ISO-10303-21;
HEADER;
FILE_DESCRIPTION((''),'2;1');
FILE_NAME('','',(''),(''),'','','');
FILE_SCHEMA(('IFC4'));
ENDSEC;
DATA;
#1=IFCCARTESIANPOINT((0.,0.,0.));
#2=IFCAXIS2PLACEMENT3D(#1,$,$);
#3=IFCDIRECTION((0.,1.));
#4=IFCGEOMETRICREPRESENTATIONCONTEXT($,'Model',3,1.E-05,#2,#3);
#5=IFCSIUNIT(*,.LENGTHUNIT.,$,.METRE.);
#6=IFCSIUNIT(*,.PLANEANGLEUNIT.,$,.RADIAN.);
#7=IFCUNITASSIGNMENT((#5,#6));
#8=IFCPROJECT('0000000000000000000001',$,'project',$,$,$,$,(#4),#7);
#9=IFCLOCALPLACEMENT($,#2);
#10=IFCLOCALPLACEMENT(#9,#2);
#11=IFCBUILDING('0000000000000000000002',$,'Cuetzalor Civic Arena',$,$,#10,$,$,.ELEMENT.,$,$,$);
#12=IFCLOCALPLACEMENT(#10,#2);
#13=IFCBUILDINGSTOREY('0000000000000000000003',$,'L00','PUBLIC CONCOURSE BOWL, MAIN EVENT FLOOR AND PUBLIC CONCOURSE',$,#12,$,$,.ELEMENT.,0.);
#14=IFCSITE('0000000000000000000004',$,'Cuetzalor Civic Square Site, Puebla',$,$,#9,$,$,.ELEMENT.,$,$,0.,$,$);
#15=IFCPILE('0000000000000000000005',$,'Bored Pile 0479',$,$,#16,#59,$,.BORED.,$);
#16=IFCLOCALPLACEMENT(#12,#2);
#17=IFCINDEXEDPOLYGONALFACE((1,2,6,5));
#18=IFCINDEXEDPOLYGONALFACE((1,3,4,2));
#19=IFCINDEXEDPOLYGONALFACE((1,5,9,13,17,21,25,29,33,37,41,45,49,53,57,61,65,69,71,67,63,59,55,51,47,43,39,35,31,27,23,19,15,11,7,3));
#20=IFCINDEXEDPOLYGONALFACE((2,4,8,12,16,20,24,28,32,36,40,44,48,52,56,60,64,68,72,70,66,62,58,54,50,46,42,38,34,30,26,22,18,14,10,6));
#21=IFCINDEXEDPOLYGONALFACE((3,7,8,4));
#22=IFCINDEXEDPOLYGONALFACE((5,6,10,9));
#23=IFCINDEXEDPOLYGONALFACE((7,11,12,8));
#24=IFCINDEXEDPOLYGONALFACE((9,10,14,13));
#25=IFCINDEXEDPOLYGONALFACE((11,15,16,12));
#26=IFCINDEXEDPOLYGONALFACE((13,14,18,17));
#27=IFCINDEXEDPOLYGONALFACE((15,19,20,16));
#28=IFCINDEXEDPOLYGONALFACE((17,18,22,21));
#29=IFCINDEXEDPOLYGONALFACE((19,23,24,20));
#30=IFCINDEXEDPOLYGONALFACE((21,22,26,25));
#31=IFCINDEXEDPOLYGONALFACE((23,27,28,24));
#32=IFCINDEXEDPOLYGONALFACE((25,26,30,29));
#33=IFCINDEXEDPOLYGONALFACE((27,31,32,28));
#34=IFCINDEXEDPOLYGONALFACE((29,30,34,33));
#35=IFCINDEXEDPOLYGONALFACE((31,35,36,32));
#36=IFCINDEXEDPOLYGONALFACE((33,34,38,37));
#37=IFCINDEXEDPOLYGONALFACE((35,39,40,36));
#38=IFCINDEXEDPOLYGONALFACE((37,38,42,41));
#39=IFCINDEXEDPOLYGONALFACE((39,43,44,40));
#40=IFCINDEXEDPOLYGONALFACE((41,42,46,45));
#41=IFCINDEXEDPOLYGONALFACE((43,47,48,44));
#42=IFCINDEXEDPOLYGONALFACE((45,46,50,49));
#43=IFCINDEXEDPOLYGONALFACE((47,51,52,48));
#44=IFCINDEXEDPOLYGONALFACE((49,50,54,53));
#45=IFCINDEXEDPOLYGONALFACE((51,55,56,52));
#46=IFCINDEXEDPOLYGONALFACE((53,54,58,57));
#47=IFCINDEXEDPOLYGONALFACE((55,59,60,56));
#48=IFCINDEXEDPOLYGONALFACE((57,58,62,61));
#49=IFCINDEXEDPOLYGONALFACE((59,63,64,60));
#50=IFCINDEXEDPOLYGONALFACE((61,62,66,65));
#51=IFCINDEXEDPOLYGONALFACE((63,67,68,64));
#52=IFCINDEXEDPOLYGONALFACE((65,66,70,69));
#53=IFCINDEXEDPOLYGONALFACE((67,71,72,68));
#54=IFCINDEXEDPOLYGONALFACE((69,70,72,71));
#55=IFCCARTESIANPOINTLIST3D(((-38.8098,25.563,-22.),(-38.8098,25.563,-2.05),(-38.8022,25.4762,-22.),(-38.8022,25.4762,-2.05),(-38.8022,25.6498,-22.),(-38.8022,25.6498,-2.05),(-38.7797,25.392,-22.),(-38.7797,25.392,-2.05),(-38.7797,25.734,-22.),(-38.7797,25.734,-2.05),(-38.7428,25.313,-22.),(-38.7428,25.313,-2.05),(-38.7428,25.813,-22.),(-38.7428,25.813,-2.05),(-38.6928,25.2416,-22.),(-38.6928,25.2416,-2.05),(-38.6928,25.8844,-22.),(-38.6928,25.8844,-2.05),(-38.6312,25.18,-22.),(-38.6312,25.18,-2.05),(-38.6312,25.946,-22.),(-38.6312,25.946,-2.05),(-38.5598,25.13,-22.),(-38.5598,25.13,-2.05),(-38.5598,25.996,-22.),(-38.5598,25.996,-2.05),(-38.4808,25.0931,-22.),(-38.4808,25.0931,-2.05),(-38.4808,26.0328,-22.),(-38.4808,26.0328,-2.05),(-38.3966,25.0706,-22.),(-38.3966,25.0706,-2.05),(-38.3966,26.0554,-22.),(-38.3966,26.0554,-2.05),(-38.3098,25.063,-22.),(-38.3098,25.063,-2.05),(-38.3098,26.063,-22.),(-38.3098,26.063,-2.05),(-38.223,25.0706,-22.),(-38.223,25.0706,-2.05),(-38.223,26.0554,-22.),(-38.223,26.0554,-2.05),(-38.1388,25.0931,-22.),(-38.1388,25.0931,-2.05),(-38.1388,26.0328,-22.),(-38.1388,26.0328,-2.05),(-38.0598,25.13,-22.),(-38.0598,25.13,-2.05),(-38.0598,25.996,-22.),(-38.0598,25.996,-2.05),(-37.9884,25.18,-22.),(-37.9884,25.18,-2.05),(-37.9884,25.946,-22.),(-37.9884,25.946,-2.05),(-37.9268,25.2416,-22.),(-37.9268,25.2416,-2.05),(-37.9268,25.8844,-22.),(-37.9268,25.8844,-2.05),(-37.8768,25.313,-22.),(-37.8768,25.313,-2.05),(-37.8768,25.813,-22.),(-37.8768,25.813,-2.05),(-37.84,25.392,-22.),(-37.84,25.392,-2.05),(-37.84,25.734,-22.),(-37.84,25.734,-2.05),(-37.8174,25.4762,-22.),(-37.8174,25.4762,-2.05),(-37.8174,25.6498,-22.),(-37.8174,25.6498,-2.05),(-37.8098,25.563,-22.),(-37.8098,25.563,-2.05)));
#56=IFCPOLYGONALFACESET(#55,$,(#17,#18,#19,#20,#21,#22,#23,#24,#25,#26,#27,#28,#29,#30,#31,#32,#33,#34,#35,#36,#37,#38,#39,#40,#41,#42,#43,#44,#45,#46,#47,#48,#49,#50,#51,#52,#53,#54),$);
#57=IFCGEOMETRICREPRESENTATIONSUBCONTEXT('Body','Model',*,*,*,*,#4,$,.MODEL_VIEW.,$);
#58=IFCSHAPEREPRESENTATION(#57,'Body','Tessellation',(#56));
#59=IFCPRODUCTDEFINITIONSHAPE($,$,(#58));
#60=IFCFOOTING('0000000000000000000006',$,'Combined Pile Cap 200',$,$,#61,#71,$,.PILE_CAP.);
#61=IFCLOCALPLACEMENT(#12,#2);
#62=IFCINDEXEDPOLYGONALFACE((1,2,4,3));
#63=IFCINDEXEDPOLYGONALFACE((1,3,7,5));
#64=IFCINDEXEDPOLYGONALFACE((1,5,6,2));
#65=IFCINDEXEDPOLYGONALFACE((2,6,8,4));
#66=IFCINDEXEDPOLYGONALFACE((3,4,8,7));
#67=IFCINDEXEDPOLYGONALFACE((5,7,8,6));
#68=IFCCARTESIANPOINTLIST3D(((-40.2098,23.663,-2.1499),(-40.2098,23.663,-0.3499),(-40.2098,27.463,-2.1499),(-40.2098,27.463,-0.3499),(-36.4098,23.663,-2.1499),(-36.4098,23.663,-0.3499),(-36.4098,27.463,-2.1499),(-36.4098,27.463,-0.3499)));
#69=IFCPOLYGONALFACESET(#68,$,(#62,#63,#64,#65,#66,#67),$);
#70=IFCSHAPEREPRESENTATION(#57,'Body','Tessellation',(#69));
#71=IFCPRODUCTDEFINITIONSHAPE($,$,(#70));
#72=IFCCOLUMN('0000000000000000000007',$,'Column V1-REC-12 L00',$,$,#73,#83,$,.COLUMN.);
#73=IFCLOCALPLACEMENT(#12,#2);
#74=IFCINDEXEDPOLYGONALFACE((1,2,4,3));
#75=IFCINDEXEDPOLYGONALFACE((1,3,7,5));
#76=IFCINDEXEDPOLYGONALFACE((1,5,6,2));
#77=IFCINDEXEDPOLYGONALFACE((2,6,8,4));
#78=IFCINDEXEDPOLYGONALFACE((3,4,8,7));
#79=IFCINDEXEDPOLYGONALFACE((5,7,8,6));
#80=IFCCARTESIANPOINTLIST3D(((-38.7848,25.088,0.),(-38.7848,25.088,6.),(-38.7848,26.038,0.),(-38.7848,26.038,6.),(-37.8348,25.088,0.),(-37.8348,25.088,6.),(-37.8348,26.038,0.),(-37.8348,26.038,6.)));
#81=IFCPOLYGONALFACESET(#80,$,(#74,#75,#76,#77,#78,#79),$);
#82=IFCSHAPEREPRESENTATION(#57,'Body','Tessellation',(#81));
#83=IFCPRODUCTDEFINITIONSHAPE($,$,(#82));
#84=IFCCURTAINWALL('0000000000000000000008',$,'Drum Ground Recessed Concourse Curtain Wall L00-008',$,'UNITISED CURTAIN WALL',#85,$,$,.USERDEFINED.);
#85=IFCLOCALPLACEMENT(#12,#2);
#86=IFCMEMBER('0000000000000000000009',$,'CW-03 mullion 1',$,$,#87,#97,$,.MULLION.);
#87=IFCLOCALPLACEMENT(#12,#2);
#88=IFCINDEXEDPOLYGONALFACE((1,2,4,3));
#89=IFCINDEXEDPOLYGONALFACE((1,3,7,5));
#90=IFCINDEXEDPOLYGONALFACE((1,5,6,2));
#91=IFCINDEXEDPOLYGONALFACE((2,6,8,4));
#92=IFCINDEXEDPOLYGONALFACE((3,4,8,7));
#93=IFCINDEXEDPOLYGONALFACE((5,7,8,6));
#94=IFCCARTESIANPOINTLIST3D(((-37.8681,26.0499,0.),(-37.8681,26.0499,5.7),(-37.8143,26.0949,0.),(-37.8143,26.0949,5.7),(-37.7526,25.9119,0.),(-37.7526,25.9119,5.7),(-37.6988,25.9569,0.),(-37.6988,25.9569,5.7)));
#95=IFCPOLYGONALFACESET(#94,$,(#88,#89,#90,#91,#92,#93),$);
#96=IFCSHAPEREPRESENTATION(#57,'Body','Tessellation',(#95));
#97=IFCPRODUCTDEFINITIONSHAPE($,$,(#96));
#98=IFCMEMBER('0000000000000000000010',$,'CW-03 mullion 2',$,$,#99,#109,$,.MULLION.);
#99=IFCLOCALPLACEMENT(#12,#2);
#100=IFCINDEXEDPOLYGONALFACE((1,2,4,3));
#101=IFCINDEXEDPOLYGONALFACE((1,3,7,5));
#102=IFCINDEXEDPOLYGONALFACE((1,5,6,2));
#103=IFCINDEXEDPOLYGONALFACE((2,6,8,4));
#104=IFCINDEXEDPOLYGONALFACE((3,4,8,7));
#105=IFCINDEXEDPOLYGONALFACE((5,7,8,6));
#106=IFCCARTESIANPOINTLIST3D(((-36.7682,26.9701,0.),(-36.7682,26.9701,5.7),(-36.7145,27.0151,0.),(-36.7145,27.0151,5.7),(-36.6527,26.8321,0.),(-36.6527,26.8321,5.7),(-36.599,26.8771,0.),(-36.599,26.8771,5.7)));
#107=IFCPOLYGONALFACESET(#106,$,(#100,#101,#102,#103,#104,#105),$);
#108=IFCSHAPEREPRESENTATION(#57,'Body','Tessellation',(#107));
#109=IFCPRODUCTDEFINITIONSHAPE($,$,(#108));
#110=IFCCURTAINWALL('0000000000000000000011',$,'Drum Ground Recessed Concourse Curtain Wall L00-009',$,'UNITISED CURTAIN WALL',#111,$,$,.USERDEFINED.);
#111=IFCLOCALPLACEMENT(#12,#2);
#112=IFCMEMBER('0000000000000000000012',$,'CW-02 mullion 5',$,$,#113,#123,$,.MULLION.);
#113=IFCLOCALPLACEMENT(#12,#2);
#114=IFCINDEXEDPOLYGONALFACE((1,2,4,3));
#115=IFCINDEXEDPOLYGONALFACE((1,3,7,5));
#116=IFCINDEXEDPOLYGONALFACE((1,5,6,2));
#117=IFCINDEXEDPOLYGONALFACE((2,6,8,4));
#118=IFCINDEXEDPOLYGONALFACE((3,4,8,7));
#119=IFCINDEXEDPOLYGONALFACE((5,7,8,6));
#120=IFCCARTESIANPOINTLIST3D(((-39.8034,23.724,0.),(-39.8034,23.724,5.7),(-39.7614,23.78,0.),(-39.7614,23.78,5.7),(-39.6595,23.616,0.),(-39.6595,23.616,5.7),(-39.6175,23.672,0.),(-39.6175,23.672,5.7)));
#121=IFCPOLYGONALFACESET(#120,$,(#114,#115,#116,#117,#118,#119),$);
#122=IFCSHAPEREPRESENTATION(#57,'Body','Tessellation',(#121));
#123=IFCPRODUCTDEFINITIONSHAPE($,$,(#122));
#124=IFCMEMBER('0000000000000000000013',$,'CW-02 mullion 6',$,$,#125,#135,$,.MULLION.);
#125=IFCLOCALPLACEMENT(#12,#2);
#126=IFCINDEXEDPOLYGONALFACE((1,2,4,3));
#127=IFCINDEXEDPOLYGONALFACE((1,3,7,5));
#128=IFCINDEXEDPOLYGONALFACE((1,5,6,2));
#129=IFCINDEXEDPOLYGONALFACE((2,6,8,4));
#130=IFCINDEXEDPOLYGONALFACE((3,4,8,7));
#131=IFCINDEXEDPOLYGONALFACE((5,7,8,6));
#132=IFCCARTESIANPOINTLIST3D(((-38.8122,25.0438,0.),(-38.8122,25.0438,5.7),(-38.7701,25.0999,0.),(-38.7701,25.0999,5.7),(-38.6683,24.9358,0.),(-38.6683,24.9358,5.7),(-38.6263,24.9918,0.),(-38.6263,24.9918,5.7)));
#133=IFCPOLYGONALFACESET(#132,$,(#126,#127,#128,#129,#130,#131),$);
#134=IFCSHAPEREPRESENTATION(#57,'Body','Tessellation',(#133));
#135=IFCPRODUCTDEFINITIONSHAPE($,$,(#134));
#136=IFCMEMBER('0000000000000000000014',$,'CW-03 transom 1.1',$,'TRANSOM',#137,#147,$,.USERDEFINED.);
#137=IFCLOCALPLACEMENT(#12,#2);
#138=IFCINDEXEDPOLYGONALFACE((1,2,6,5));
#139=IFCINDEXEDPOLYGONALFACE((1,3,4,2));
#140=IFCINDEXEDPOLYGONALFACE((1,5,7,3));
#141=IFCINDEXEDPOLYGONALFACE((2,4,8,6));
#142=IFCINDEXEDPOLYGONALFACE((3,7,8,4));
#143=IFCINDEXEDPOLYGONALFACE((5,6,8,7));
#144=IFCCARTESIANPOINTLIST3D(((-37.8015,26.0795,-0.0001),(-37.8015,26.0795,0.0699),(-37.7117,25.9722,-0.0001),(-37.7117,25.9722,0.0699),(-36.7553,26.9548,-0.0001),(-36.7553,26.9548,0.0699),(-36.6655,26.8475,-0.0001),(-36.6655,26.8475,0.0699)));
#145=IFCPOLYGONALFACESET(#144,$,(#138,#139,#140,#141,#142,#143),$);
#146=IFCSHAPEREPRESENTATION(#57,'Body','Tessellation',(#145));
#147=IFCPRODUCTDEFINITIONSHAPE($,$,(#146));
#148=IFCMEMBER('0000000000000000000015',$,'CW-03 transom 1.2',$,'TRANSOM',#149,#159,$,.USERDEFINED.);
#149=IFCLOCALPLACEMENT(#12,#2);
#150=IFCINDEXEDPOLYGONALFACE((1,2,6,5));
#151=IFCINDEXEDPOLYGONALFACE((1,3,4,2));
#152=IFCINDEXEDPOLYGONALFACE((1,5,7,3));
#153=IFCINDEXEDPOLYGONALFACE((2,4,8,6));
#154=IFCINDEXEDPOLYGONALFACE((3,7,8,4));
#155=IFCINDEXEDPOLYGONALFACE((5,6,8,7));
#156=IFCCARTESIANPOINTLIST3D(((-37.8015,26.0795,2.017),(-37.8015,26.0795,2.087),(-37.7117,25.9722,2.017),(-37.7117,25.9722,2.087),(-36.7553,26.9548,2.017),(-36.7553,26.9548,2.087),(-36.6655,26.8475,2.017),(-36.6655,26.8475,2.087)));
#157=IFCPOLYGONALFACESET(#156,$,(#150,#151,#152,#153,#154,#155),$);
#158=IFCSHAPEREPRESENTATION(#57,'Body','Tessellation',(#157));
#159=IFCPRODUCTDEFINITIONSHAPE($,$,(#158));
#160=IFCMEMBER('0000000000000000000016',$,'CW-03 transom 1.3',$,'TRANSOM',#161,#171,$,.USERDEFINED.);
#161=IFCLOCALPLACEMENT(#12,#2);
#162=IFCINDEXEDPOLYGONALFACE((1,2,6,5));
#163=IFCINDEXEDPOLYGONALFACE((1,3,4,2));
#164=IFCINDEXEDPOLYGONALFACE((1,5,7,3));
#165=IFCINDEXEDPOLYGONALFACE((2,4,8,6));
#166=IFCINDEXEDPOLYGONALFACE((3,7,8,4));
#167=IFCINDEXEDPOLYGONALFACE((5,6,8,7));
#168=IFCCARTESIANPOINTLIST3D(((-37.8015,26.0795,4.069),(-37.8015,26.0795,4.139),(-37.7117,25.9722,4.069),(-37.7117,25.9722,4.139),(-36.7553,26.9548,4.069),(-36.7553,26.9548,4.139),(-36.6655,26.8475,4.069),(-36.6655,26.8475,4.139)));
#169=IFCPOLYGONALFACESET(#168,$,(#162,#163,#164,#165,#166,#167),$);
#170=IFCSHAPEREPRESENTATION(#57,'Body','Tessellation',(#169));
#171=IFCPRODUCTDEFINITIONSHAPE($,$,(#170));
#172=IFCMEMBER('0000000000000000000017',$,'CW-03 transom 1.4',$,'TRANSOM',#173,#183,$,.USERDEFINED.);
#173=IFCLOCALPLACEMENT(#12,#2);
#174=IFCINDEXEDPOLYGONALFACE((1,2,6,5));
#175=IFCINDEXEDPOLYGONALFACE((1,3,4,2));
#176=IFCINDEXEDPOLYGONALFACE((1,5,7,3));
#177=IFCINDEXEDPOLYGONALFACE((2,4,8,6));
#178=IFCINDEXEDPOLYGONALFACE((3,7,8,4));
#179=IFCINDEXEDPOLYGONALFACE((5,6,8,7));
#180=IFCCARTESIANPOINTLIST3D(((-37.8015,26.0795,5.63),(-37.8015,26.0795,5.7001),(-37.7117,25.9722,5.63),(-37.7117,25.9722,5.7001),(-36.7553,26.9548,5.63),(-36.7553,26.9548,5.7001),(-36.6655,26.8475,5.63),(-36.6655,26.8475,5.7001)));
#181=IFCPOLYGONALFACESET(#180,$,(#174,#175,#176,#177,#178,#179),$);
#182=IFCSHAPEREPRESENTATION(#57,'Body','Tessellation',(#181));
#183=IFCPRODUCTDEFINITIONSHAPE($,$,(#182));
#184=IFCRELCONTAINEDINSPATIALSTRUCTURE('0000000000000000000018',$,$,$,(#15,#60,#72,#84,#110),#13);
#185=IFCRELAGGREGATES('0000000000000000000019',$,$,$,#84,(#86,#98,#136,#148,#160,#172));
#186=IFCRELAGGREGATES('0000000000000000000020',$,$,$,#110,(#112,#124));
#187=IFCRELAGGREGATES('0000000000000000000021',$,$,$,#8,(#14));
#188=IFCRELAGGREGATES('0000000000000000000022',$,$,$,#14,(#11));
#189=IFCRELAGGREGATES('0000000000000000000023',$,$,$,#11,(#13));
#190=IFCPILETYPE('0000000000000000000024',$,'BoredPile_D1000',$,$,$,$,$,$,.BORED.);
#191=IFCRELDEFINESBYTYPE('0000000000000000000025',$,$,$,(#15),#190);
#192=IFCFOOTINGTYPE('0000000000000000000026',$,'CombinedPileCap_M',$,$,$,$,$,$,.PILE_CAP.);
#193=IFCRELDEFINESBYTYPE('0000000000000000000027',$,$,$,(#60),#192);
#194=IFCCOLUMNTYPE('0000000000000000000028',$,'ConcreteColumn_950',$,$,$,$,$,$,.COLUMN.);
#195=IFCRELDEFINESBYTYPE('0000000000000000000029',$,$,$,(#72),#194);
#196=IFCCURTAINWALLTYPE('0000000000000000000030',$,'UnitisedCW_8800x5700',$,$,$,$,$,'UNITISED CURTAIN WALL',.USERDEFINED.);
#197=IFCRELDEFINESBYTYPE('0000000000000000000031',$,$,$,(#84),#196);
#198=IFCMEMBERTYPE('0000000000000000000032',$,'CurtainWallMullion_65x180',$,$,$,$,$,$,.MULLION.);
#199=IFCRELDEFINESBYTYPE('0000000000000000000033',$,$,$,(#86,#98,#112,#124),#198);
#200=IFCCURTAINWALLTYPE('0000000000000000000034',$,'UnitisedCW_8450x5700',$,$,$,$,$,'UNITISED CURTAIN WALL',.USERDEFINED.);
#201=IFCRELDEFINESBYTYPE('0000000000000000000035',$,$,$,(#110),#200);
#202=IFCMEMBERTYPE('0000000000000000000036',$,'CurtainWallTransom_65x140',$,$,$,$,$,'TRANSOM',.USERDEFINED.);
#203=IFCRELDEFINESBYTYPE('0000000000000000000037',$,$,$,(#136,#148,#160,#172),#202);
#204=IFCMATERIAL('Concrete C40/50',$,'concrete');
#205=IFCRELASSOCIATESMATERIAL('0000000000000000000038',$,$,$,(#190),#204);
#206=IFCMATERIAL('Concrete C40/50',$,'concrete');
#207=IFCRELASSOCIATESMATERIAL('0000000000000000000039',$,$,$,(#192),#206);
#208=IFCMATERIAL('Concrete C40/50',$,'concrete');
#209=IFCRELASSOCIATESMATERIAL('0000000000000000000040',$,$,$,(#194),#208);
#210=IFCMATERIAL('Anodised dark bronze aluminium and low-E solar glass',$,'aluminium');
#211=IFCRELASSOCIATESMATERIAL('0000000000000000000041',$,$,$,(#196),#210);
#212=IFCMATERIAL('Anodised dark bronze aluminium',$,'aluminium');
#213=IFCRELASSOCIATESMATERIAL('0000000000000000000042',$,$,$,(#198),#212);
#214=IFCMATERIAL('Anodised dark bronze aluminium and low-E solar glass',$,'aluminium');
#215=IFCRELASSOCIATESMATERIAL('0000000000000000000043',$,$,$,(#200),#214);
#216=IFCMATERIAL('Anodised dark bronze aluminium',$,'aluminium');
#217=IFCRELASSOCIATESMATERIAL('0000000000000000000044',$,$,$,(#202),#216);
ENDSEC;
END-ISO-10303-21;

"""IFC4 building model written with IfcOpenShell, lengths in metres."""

from ifc_helpers import new_model, si_unit, direction, frame, origin, origin_2d, place, context, subcontext, project, spatial, rectangle, circle, extrude, material, material_profile, profile_set, type_object, element, aggregate, save


model = new_model("IFC4")

# Units and contexts
model_context = context("Model", 3, precision=1e-05, world=origin(), true_north=direction((0.0, 1.0)))
body_context = subcontext(model_context, "Body", "Model", "MODEL_VIEW")
ifc_project = project(units=[si_unit("LENGTHUNIT", "METRE"), si_unit("PLANEANGLEUNIT", "RADIAN")], contexts=[model_context])

# Site, building, storey
site_placement = place(None, origin())
site = spatial("IfcSite", under=ifc_project, at=site_placement, Name="Cuetzalor Civic Square Site, Puebla", CompositionType="ELEMENT", RefElevation=0.0)
building_placement = place(site_placement, origin())
building = spatial("IfcBuilding", under=site, at=building_placement, Name="Cuetzalor Civic Arena", CompositionType="ELEMENT")
storey_placement = place(building_placement, origin())
storey = spatial("IfcBuildingStorey", under=building, at=storey_placement, Name="L00", Description="PUBLIC CONCOURSE BOWL, MAIN EVENT FLOOR AND PUBLIC CONCOURSE", CompositionType="ELEMENT", Elevation=0.0)

# Pile
ifc_material_1 = material(Name="Concrete C40/50", Category="concrete")
ifc_material_profile_1 = material_profile(ifc_material_1, circle(Radius=0.5, at=origin_2d()), Name="BORED PILE D1000")
ifc_profile_set_1 = profile_set([ifc_material_profile_1], Name="Concrete C40/50")
pile_type = type_object("IfcPileType", Name="BoredPile_D1000", PredefinedType="BORED", material=ifc_profile_set_1)
pile_placement = place(storey_placement, frame((-38.3098, 25.563, -2.05), z_axis=(0.0, 0.0, -1.0), x_axis=(1.0, 0.0, 0.0)))
element("IfcPile", 1, at=pile_placement, inside=storey, type_object=pile_type, Name="Bored Pile 0479", PredefinedType="BORED", context=body_context, shape_type="SweptSolid", body=[
    extrude(circle(Radius=0.5, at=origin_2d()), origin(), (0.0, 0.0, 1.0), 19.95),
])

# Footing
ifc_material_2 = material(Name="Concrete C40/50", Category="concrete")
footing_type = type_object("IfcFootingType", Name="CombinedPileCap_M", PredefinedType="PILE_CAP", material=ifc_material_2)
footing_placement = place(storey_placement, frame((-38.3098, 25.563, -2.1499), z_axis=(0.0, 0.0, 1.0), x_axis=(1.0, 0.0, 0.0)))
element("IfcFooting", 2, at=footing_placement, inside=storey, type_object=footing_type, Name="Combined Pile Cap 200", PredefinedType="PILE_CAP", context=body_context, shape_type="SweptSolid", body=[
    extrude(rectangle(XDim=3.8, YDim=3.8, at=origin_2d()), origin(), (0.0, 0.0, 1.0), 1.8),
])

# Column
ifc_material_3 = material(Name="Concrete C40/50", Category="concrete")
ifc_material_profile_2 = material_profile(ifc_material_3, rectangle(XDim=0.95, YDim=0.95, at=origin_2d()), Name="RC 950x950")
ifc_profile_set_2 = profile_set([ifc_material_profile_2], Name="Concrete C40/50")
column_type = type_object("IfcColumnType", Name="ConcreteColumn_950", PredefinedType="COLUMN", material=ifc_profile_set_2)
column_placement = place(storey_placement, frame((-38.3098, 25.563, 0.0), z_axis=(0.0, 0.0, 1.0), x_axis=(1.0, 0.0, 0.0)))
element("IfcColumn", 3, at=column_placement, inside=storey, type_object=column_type, Name="Column V1-REC-12 L00", PredefinedType="COLUMN", context=body_context, shape_type="SweptSolid", body=[
    extrude(rectangle(XDim=0.95, YDim=0.95, at=origin_2d()), origin(), (0.0, 0.0, 1.0), 6.0),
])

# Curtain walls, members
ifc_material_4 = material(Name="Anodised dark bronze aluminium and low-E solar glass", Category="aluminium")
curtain_wall_type_1 = type_object("IfcCurtainWallType", Name="UnitisedCW_8800x5700", ElementType="UNITISED CURTAIN WALL", PredefinedType="USERDEFINED", material=ifc_material_4)
curtain_wall_1_placement = place(storey_placement, origin())
curtain_wall_1 = element("IfcCurtainWall", 4, at=curtain_wall_1_placement, inside=storey, type_object=curtain_wall_type_1, Name="Drum Ground Recessed Concourse Curtain Wall L00-008", ObjectType="UNITISED CURTAIN WALL", PredefinedType="USERDEFINED")
ifc_material_5 = material(Name="Anodised dark bronze aluminium", Category="aluminium")
ifc_material_profile_3 = material_profile(ifc_material_5, rectangle(XDim=0.0701, YDim=0.1799, at=origin_2d()), Name="ALU MULLION 70x180")
ifc_profile_set_3 = profile_set([ifc_material_profile_3], Name="Anodised dark bronze aluminium")
member_type_1 = type_object("IfcMemberType", Name="CurtainWallMullion_65x180", PredefinedType="MULLION", material=ifc_profile_set_3)
member_1_placement = place(storey_placement, frame((-37.7834, 26.0034, 0.0), z_axis=(0.0, 0.0, 1.0), x_axis=(0.766928, 0.641733, 0.0)))
member_1 = element("IfcMember", 5, at=member_1_placement, type_object=member_type_1, Name="CW-03 mullion 1", PredefinedType="MULLION", context=body_context, shape_type="SweptSolid", body=[
    extrude(rectangle(XDim=0.0701, YDim=0.1799, at=origin_2d()), origin(), (0.0, 0.0, 1.0), 5.7),
])
member_2_placement = place(storey_placement, frame((-36.6836, 26.9236, 0.0), z_axis=(0.0, 0.0, 1.0), x_axis=(0.766928, 0.641733, 0.0)))
member_2 = element("IfcMember", 6, at=member_2_placement, type_object=member_type_1, Name="CW-03 mullion 2", PredefinedType="MULLION", context=body_context, shape_type="SweptSolid", body=[
    extrude(rectangle(XDim=0.0701, YDim=0.1799, at=origin_2d()), origin(), (0.0, 0.0, 1.0), 5.7),
])
ifc_material_6 = material(Name="Anodised dark bronze aluminium and low-E solar glass", Category="aluminium")
curtain_wall_type_2 = type_object("IfcCurtainWallType", Name="UnitisedCW_8450x5700", ElementType="UNITISED CURTAIN WALL", PredefinedType="USERDEFINED", material=ifc_material_6)
curtain_wall_2_placement = place(storey_placement, origin())
curtain_wall_2 = element("IfcCurtainWall", 7, at=curtain_wall_2_placement, inside=storey, type_object=curtain_wall_type_2, Name="Drum Ground Recessed Concourse Curtain Wall L00-009", ObjectType="UNITISED CURTAIN WALL", PredefinedType="USERDEFINED")
member_3_placement = place(storey_placement, frame((-39.7104, 23.698, 0.0), z_axis=(0.0, 0.0, 1.0), x_axis=(0.600492, 0.799631, 0.0)))
member_3 = element("IfcMember", 8, at=member_3_placement, type_object=member_type_1, Name="CW-02 mullion 5", PredefinedType="MULLION", context=body_context, shape_type="SweptSolid", body=[
    extrude(rectangle(XDim=0.0701, YDim=0.1799, at=origin_2d()), origin(), (0.0, 0.0, 1.0), 5.7),
])
member_4_placement = place(storey_placement, frame((-38.7192, 25.0178, 0.0), z_axis=(0.0, 0.0, 1.0), x_axis=(0.600492, 0.799631, 0.0)))
member_4 = element("IfcMember", 9, at=member_4_placement, type_object=member_type_1, Name="CW-02 mullion 6", PredefinedType="MULLION", context=body_context, shape_type="SweptSolid", body=[
    extrude(rectangle(XDim=0.0701, YDim=0.1799, at=origin_2d()), origin(), (0.0, 0.0, 1.0), 5.7),
])

# Members
ifc_material_7 = material(Name="Anodised dark bronze aluminium", Category="aluminium")
ifc_material_profile_4 = material_profile(ifc_material_7, rectangle(XDim=0.1399, YDim=0.0701, at=origin_2d()), Name="ALU TRANSOM 70x140")
ifc_profile_set_4 = profile_set([ifc_material_profile_4], Name="Anodised dark bronze aluminium")
member_type_2 = type_object("IfcMemberType", Name="CurtainWallTransom_65x140", ElementType="TRANSOM", PredefinedType="USERDEFINED", material=ifc_profile_set_4)
member_5_placement = place(storey_placement, frame((-37.7566, 26.0259, 0.0349), z_axis=(0.766973, 0.64168, 0.0), x_axis=(-0.64168, 0.766973, 0.0)))
member_5 = element("IfcMember", 10, at=member_5_placement, type_object=member_type_2, Name="CW-03 transom 1.1", ObjectType="TRANSOM", PredefinedType="USERDEFINED", context=body_context, shape_type="SweptSolid", body=[
    extrude(rectangle(XDim=0.1399, YDim=0.0701, at=origin_2d()), origin(), (0.0, 0.0, 1.0), 1.364),
])
member_6_placement = place(storey_placement, frame((-37.7566, 26.0259, 2.052), z_axis=(0.766973, 0.64168, 0.0), x_axis=(-0.64168, 0.766973, 0.0)))
member_6 = element("IfcMember", 11, at=member_6_placement, type_object=member_type_2, Name="CW-03 transom 1.2", ObjectType="TRANSOM", PredefinedType="USERDEFINED", context=body_context, shape_type="SweptSolid", body=[
    extrude(rectangle(XDim=0.1399, YDim=0.0701, at=origin_2d()), origin(), (0.0, 0.0, 1.0), 1.364),
])
member_7_placement = place(storey_placement, frame((-37.7566, 26.0259, 4.104), z_axis=(0.766973, 0.64168, 0.0), x_axis=(-0.64168, 0.766973, 0.0)))
member_7 = element("IfcMember", 12, at=member_7_placement, type_object=member_type_2, Name="CW-03 transom 1.3", ObjectType="TRANSOM", PredefinedType="USERDEFINED", context=body_context, shape_type="SweptSolid", body=[
    extrude(rectangle(XDim=0.1399, YDim=0.0701, at=origin_2d()), origin(), (0.0, 0.0, 1.0), 1.364),
])
member_8_placement = place(storey_placement, frame((-37.7566, 26.0259, 5.665), z_axis=(0.766973, 0.64168, 0.0), x_axis=(-0.64168, 0.766973, 0.0)))
member_8 = element("IfcMember", 13, at=member_8_placement, type_object=member_type_2, Name="CW-03 transom 1.4", ObjectType="TRANSOM", PredefinedType="USERDEFINED", context=body_context, shape_type="SweptSolid", body=[
    extrude(rectangle(XDim=0.1399, YDim=0.0701, at=origin_2d()), origin(), (0.0, 0.0, 1.0), 1.364),
])

aggregate(curtain_wall_1, [member_1, member_2, member_5, member_6, member_7, member_8])
aggregate(curtain_wall_2, [member_3, member_4])

save(model, "model.ifc")
